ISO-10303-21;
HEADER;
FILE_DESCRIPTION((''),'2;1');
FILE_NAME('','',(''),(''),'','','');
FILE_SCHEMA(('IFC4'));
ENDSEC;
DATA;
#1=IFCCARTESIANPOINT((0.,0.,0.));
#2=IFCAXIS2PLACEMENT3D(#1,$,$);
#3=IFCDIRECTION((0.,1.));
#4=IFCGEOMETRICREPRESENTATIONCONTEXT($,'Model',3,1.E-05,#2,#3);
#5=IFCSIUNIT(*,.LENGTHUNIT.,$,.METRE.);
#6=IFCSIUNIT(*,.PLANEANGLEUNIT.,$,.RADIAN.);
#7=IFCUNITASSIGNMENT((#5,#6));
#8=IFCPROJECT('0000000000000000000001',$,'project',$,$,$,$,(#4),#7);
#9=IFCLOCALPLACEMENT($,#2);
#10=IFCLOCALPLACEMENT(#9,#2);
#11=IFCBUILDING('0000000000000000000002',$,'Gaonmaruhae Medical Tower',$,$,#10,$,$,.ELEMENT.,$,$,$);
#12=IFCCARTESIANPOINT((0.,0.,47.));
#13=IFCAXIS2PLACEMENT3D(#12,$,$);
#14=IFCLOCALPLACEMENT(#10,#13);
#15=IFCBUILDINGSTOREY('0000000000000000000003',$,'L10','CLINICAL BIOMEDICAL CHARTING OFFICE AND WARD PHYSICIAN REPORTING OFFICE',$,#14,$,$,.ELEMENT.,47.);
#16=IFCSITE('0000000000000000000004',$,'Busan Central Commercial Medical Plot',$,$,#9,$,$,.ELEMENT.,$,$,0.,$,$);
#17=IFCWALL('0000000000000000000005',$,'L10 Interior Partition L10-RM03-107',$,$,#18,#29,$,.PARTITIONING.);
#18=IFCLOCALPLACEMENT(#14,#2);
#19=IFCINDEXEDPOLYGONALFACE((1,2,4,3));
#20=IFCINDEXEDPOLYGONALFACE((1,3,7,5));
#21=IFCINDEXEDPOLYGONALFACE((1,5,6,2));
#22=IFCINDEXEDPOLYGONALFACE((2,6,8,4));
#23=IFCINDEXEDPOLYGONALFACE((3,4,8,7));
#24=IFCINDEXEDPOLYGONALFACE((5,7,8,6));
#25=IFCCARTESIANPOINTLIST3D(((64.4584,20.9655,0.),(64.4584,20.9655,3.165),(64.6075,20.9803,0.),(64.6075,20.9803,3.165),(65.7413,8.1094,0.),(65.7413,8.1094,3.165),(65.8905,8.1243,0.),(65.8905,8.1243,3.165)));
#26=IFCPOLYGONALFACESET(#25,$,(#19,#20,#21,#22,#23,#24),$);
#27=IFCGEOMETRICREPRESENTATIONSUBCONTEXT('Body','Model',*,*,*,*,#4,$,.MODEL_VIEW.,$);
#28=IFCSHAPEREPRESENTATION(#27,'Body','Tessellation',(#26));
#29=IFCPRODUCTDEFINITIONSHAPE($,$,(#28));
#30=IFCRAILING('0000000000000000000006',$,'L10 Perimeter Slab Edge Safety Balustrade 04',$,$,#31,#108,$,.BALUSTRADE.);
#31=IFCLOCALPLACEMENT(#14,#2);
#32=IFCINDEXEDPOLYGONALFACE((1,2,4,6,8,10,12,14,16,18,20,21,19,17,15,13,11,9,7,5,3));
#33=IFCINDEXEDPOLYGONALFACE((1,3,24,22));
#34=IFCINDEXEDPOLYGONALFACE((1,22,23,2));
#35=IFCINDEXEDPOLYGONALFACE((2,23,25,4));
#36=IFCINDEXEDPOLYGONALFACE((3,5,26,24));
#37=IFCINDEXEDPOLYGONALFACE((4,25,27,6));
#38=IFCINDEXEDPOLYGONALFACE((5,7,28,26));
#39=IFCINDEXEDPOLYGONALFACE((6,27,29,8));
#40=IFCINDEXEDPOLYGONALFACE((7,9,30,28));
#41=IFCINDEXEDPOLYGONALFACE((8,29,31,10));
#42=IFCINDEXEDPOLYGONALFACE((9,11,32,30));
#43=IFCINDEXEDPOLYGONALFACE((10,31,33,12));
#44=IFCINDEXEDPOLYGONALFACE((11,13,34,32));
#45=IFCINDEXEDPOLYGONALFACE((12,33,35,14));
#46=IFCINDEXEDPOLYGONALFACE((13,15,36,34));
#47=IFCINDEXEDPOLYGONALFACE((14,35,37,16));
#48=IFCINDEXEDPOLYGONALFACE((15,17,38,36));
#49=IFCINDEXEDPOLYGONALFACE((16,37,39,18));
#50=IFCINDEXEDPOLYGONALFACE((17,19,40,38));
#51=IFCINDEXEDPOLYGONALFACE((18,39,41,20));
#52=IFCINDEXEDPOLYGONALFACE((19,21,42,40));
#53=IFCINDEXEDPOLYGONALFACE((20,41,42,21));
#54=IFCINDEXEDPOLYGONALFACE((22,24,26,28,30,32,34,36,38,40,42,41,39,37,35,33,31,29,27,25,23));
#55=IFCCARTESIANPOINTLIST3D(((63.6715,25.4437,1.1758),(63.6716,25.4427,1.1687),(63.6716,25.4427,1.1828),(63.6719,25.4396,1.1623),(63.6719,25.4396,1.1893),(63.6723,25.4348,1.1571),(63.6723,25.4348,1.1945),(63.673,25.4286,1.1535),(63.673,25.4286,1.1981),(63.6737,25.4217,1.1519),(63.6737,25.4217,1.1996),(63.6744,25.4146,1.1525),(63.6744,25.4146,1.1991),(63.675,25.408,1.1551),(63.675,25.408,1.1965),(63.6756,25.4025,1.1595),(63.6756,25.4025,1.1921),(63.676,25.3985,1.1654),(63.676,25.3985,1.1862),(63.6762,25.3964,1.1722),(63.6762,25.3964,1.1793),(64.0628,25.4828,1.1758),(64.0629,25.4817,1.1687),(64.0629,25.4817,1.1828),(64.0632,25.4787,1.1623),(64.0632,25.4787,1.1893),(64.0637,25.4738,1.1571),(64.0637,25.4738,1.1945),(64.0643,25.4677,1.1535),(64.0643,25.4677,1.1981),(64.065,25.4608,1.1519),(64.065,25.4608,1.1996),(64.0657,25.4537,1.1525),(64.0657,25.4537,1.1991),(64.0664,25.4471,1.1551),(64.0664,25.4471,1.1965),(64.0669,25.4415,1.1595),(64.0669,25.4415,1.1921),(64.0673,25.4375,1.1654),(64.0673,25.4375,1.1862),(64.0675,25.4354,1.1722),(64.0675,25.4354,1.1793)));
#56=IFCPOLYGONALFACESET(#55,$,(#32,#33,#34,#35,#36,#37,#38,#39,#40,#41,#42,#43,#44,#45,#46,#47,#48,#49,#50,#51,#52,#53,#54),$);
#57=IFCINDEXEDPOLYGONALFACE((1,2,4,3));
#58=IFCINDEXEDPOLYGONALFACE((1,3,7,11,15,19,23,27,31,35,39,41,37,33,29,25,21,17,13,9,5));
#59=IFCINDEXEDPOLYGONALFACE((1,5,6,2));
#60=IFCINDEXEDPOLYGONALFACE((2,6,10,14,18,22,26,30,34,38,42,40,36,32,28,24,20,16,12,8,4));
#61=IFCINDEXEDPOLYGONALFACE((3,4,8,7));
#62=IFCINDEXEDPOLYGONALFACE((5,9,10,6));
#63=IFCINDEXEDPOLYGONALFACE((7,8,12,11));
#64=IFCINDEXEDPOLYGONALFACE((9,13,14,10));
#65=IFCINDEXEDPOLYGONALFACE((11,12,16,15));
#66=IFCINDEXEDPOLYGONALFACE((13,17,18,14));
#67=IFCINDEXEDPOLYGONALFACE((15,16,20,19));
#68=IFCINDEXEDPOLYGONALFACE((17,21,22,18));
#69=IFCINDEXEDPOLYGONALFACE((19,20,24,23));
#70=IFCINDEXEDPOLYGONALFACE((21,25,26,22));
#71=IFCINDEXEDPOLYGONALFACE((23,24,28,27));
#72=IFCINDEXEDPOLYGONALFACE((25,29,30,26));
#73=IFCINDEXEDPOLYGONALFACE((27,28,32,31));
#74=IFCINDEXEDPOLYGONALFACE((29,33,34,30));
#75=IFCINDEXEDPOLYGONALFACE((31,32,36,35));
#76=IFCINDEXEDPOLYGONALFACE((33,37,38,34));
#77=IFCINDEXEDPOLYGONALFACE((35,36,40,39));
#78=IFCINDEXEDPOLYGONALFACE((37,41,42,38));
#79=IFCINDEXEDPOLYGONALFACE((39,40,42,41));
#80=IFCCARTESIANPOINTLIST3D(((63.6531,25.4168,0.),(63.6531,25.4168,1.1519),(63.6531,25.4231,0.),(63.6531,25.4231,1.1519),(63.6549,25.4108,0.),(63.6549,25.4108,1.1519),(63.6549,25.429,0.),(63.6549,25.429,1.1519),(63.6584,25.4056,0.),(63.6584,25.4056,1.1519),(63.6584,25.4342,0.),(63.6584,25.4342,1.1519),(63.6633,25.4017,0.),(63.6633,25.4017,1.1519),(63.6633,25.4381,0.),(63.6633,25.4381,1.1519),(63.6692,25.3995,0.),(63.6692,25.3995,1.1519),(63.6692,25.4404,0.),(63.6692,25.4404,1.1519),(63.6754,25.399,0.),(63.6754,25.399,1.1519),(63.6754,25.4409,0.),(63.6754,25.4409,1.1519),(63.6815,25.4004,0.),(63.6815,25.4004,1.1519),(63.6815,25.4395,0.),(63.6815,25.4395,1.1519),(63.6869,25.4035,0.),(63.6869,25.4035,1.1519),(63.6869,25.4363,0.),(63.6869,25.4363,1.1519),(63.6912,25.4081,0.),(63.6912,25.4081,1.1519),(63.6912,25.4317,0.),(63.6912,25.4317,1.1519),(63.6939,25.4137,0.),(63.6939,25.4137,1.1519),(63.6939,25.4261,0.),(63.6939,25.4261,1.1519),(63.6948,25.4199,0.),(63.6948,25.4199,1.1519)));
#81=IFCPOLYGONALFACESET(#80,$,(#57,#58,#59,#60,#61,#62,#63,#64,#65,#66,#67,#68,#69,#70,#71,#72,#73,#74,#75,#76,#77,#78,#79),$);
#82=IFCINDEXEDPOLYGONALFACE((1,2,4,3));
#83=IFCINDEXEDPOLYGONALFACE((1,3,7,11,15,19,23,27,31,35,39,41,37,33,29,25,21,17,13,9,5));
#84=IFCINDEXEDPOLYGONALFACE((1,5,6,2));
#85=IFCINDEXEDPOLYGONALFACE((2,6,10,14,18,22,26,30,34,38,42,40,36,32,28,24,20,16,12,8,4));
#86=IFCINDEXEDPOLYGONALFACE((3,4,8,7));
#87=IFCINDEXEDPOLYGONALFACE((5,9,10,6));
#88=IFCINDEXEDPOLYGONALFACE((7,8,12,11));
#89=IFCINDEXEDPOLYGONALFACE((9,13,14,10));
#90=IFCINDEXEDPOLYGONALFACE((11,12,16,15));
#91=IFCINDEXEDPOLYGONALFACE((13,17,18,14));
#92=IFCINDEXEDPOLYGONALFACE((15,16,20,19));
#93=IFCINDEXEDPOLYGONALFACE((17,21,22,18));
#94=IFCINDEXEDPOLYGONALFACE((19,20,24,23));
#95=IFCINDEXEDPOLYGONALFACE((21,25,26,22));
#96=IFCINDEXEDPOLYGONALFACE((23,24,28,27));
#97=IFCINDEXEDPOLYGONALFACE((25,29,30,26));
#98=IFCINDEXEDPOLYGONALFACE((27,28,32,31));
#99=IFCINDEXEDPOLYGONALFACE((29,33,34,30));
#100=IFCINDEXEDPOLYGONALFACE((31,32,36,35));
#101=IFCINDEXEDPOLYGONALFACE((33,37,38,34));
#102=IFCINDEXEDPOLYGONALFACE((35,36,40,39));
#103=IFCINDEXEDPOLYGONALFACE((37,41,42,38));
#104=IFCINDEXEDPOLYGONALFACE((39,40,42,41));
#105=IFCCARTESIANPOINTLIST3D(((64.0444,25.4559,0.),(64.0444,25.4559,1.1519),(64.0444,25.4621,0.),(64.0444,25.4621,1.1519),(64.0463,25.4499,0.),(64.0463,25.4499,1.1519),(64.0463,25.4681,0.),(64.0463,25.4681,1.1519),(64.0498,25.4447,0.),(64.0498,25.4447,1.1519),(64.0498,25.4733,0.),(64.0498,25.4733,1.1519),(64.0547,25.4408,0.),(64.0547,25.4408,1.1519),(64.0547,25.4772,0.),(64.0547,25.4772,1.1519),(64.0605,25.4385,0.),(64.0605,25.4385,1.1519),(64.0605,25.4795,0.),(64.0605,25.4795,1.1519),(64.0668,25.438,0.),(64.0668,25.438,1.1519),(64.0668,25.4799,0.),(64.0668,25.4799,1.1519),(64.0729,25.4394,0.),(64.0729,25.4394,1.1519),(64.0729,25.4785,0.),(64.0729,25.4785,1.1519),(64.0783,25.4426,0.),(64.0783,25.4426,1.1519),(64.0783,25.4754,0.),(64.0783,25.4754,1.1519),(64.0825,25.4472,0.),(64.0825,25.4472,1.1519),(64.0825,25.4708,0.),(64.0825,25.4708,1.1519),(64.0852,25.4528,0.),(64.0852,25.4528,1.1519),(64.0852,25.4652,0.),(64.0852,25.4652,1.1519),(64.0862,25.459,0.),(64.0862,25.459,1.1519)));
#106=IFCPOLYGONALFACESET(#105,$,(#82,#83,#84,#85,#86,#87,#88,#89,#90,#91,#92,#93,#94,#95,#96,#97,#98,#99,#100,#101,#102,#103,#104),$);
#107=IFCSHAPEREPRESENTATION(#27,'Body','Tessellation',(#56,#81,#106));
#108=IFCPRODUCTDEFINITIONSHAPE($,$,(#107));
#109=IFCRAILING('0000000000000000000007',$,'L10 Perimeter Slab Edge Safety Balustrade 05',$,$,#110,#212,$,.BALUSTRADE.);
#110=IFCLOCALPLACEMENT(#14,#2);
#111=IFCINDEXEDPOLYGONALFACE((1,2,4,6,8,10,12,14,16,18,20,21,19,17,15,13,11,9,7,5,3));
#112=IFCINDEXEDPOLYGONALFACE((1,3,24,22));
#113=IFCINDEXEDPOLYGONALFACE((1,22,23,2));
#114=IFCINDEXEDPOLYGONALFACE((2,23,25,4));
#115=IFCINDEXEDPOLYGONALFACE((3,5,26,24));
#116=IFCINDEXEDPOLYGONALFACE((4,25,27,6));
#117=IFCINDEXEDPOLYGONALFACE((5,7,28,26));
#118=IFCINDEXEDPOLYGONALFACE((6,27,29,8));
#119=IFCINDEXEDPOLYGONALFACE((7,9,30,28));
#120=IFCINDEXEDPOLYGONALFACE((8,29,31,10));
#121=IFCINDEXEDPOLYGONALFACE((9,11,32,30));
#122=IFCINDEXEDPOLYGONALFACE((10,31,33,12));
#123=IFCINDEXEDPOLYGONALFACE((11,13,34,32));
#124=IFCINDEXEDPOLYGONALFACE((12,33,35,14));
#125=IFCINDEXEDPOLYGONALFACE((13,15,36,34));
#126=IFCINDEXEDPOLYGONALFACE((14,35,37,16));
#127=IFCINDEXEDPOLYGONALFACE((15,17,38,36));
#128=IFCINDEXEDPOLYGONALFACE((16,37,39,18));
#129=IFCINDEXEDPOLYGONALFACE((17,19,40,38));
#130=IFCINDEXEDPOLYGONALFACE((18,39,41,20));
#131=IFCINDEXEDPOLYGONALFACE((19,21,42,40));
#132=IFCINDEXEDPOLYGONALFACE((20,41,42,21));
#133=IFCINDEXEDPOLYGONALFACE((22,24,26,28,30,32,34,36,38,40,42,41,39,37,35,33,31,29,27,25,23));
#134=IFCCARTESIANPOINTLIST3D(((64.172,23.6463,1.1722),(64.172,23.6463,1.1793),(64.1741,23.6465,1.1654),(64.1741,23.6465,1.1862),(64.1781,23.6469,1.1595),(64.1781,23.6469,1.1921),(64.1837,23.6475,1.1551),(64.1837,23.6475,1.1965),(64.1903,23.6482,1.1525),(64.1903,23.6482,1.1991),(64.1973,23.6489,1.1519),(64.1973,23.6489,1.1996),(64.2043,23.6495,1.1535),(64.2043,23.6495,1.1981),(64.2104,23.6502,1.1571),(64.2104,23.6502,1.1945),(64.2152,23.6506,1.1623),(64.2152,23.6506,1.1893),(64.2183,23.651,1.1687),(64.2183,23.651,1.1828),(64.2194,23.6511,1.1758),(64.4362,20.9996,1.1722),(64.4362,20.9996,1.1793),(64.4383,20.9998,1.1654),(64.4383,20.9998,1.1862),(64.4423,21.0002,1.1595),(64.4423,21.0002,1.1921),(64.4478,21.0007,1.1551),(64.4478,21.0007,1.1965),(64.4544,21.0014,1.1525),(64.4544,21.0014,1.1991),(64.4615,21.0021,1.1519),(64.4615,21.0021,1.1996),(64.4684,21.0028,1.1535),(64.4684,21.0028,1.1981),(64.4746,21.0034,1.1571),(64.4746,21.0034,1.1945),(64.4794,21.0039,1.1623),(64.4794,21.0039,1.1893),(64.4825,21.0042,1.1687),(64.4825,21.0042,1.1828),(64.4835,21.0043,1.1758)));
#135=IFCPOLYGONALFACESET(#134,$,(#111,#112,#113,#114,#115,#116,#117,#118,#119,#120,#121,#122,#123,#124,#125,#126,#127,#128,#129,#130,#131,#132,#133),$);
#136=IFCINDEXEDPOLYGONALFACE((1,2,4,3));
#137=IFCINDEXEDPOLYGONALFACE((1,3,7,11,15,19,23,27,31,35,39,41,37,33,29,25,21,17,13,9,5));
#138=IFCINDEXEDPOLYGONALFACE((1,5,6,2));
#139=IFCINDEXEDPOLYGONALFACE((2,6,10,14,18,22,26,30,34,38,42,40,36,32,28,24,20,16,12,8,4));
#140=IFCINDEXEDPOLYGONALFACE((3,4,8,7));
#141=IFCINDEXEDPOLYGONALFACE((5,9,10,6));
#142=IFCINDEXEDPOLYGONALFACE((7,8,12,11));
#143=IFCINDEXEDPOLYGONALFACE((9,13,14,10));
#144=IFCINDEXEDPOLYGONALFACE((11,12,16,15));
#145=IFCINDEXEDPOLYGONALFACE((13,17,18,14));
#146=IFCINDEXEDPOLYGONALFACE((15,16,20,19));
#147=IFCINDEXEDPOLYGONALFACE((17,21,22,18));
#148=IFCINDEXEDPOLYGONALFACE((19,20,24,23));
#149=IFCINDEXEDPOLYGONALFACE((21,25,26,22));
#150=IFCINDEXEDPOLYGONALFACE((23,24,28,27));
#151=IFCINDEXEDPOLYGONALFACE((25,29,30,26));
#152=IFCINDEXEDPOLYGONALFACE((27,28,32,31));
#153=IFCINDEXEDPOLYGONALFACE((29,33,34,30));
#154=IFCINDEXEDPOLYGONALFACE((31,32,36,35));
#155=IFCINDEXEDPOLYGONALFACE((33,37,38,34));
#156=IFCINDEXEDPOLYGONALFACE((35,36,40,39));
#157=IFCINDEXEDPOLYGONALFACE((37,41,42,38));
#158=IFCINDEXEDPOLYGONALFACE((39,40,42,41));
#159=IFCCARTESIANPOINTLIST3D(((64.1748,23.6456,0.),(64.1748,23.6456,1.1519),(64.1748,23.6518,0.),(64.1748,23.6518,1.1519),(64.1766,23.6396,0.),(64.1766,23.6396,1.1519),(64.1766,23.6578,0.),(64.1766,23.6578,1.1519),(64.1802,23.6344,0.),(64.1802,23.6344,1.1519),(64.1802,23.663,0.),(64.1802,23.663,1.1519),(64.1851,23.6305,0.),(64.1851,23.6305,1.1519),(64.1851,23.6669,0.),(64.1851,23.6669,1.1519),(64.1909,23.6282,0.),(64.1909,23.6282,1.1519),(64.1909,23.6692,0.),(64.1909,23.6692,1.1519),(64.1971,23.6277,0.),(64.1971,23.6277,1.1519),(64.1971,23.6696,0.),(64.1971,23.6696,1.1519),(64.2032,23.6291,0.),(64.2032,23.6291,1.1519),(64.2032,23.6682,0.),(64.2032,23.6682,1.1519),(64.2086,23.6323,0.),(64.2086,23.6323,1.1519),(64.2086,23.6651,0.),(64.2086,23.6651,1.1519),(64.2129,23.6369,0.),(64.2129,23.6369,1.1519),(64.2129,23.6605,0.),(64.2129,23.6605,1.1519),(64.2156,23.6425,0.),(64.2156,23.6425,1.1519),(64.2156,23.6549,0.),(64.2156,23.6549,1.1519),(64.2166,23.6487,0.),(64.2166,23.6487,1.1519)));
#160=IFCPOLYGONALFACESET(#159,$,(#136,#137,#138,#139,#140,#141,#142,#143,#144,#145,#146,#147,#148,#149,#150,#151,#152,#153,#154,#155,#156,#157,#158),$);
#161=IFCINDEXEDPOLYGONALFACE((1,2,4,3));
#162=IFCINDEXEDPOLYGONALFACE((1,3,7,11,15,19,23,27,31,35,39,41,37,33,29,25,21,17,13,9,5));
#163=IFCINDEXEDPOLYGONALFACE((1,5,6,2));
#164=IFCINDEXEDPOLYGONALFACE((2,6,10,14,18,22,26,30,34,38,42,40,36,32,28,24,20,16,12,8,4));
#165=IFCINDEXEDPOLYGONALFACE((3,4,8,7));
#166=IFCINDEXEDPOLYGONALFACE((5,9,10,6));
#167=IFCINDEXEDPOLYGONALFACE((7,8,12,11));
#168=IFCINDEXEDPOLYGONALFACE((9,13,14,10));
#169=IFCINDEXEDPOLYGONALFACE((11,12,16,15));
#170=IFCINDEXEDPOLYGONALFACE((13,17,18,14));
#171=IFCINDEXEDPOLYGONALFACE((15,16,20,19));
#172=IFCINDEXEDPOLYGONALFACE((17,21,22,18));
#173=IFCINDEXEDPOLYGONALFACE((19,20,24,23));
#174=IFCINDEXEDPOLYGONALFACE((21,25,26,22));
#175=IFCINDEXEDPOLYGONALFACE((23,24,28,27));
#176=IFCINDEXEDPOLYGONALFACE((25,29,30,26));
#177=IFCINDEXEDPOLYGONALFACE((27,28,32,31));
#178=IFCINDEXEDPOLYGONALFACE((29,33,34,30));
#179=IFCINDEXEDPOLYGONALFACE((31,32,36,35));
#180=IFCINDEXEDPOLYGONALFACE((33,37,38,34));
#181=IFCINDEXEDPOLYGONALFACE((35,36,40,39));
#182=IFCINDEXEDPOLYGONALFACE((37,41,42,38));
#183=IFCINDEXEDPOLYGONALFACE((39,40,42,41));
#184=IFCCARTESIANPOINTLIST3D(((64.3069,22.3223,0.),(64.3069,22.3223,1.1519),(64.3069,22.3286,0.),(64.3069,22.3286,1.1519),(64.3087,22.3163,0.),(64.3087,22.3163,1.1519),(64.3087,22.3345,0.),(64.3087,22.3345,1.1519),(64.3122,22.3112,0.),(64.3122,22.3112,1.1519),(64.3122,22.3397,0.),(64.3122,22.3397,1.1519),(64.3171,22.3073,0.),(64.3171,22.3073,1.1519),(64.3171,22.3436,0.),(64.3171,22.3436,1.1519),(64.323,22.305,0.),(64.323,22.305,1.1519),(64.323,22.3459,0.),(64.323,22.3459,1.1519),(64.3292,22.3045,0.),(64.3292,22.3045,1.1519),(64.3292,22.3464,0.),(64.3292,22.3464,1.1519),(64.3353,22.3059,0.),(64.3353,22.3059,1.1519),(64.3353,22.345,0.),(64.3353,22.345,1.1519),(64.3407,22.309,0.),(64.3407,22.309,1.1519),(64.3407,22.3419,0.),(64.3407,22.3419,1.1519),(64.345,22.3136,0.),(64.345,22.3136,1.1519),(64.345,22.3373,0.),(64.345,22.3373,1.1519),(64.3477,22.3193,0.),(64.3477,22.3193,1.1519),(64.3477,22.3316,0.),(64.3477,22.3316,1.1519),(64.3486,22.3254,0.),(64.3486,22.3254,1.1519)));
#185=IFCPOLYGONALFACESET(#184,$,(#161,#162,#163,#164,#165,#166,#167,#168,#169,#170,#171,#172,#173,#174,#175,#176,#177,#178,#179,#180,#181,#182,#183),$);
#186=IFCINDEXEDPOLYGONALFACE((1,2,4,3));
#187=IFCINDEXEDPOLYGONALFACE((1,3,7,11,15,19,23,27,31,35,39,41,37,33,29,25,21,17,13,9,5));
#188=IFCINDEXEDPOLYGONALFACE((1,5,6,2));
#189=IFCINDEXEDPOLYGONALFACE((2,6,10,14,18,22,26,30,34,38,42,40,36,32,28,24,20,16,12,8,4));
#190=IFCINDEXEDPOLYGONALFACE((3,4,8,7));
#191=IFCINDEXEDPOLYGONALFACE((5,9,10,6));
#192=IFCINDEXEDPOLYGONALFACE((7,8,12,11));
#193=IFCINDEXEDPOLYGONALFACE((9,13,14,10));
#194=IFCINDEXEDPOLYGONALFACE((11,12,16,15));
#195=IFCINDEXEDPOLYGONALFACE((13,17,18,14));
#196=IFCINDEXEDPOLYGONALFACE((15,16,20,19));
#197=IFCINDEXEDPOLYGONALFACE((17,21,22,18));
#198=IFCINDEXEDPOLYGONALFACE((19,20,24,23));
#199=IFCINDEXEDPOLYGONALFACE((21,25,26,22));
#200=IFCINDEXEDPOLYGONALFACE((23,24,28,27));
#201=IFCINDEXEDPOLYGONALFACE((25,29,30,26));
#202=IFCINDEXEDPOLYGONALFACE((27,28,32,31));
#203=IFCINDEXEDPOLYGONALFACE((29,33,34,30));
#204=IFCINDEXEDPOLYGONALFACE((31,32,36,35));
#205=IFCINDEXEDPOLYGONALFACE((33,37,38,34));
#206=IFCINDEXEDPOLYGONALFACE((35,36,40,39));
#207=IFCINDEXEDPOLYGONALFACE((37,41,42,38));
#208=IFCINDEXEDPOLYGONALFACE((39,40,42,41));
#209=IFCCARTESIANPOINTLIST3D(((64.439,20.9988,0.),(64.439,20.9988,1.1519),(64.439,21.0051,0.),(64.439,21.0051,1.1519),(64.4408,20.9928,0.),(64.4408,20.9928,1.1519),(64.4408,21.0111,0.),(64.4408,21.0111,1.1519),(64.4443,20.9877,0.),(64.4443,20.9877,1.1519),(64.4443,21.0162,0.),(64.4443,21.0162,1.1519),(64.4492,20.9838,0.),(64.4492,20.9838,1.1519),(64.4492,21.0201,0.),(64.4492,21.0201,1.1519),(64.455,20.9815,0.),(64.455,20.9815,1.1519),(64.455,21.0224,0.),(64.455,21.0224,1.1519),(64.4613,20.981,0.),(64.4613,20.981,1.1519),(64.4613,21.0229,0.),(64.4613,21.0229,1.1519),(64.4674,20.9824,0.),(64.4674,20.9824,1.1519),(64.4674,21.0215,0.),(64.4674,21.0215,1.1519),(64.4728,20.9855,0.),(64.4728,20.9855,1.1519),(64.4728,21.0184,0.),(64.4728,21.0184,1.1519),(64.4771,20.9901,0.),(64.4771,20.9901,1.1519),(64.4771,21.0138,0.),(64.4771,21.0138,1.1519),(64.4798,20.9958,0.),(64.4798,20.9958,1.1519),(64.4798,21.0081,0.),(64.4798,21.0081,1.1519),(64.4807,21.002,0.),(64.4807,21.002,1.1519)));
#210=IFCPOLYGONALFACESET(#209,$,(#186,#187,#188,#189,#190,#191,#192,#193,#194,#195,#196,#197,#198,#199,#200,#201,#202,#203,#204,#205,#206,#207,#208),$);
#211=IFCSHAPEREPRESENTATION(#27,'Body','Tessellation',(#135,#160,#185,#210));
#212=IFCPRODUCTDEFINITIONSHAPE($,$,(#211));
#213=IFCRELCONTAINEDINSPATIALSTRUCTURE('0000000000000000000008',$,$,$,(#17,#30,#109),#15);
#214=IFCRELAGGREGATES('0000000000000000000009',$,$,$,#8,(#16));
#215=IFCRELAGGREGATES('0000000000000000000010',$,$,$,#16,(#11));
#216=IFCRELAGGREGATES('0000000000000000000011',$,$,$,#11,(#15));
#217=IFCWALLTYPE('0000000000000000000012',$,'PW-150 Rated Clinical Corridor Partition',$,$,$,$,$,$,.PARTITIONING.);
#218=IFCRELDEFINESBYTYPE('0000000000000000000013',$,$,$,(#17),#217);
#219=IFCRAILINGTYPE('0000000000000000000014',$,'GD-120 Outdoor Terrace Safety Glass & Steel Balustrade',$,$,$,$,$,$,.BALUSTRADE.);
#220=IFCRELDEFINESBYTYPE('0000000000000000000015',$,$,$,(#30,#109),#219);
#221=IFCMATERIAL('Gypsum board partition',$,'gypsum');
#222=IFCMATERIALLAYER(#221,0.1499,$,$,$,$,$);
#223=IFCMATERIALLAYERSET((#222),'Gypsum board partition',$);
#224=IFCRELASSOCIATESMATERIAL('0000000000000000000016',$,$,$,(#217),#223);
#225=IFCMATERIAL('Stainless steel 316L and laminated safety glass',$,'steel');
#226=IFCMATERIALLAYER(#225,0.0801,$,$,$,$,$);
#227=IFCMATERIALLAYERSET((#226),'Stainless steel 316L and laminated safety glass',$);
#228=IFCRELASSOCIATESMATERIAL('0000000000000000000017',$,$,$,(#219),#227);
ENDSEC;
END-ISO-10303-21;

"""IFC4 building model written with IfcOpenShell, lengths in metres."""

from ifc_helpers import new_model, si_unit, direction, frame, frame_2d, origin, origin_2d, place, context, subcontext, project, spatial, rectangle, circle, extrude, material, layer, layer_set, type_object, element, save


model = new_model("IFC4")

# Units and contexts
model_context = context("Model", 3, precision=1e-05, world=origin(), true_north=direction((0.0, 1.0)))
body_context = subcontext(model_context, "Body", "Model", "MODEL_VIEW")
ifc_project = project(units=[si_unit("LENGTHUNIT", "METRE"), si_unit("PLANEANGLEUNIT", "RADIAN")], contexts=[model_context])

# Site, building, storey
site_placement = place(None, origin())
site = spatial("IfcSite", under=ifc_project, at=site_placement, Name="Busan Central Commercial Medical Plot", CompositionType="ELEMENT", RefElevation=0.0)
building_placement = place(site_placement, origin())
building = spatial("IfcBuilding", under=site, at=building_placement, Name="Gaonmaruhae Medical Tower", CompositionType="ELEMENT")
storey_placement = place(building_placement, frame((0.0, 0.0, 47.0)))
storey = spatial("IfcBuildingStorey", under=building, at=storey_placement, Name="L10", Description="CLINICAL BIOMEDICAL CHARTING OFFICE AND WARD PHYSICIAN REPORTING OFFICE", CompositionType="ELEMENT", Elevation=47.0)

# Shared definitions
ifc_material_1 = material(Name="Gypsum board partition", Category="gypsum")
ifc_layer_1 = layer(ifc_material_1, 0.1499)
ifc_layer_set_1 = layer_set([ifc_layer_1], Name="Gypsum board partition")
wall_type_1 = type_object("IfcWallType", Name="PW-150 Rated Clinical Corridor Partition", PredefinedType="PARTITIONING", material=ifc_layer_set_1)

# Wall
wall_1_placement = place(storey_placement, frame((64.533, 20.9729, 0.0), z_axis=(0.0, 0.0, 1.0), x_axis=(0.099302, -0.995057, 0.0)))
element("IfcWall", 1, at=wall_1_placement, inside=storey, type_object=wall_type_1, Name="L10 Interior Partition L10-RM03-107", PredefinedType="PARTITIONING", context=body_context, shape_type="SweptSolid", body=[
    extrude(rectangle(XDim=12.9199, YDim=0.1499, at=frame_2d((6.46, 0.0))), origin(), (0.0, 0.0, 1.0), 3.165),
])

# Railings
ifc_material_2 = material(Name="Stainless steel 316L and laminated safety glass", Category="steel")
ifc_layer_2 = layer(ifc_material_2, 0.0801)
ifc_layer_set_2 = layer_set([ifc_layer_2], Name="Stainless steel 316L and laminated safety glass")
railing_type = type_object("IfcRailingType", Name="GD-120 Outdoor Terrace Safety Glass & Steel Balustrade", PredefinedType="BALUSTRADE", material=ifc_layer_set_2)
railing_1_placement = place(storey_placement, frame((63.6738, 25.4199, 0.0)))
element("IfcRailing", 2, at=railing_1_placement, inside=storey, type_object=railing_type, Name="L10 Perimeter Slab Edge Safety Balustrade 04", PredefinedType="BALUSTRADE", context=body_context, shape_type="SweptSolid", body=[
    extrude(circle(Radius=0.0239, at=origin_2d()), frame((0.0, 0.0, 1.1758), z_axis=(0.995056, 0.099319, 0.0), x_axis=(-0.099319, 0.995056, 0.0)), (0.0, 0.0, 1.0), 0.3933),
    extrude(circle(Radius=0.021, at=origin_2d()), origin(), (0.0, 0.0, 1.0), 1.1519),
    extrude(circle(Radius=0.021, at=origin_2d()), frame((0.3914, 0.0391, 0.0)), (0.0, 0.0, 1.0), 1.1519),
])
railing_2_placement = place(storey_placement, frame((64.1956, 23.6487, 0.0)))
element("IfcRailing", 3, at=railing_2_placement, inside=storey, type_object=railing_type, Name="L10 Perimeter Slab Edge Safety Balustrade 05", PredefinedType="BALUSTRADE", context=body_context, shape_type="SweptSolid", body=[
    extrude(circle(Radius=0.0239, at=origin_2d()), frame((0.0, 0.0, 1.1758), z_axis=(0.099313, -0.995056, 0.0), x_axis=(0.995056, 0.099313, 0.0)), (0.0, 0.0, 1.0), 2.6599),
    extrude(circle(Radius=0.021, at=origin_2d()), origin(), (0.0, 0.0, 1.0), 1.1519),
    extrude(circle(Radius=0.021, at=origin_2d()), frame((0.1321, -1.3232, 0.0)), (0.0, 0.0, 1.0), 1.1519),
    extrude(circle(Radius=0.021, at=origin_2d()), frame((0.2642, -2.6467, 0.0)), (0.0, 0.0, 1.0), 1.1519),
])

save(model, "model.ifc")
